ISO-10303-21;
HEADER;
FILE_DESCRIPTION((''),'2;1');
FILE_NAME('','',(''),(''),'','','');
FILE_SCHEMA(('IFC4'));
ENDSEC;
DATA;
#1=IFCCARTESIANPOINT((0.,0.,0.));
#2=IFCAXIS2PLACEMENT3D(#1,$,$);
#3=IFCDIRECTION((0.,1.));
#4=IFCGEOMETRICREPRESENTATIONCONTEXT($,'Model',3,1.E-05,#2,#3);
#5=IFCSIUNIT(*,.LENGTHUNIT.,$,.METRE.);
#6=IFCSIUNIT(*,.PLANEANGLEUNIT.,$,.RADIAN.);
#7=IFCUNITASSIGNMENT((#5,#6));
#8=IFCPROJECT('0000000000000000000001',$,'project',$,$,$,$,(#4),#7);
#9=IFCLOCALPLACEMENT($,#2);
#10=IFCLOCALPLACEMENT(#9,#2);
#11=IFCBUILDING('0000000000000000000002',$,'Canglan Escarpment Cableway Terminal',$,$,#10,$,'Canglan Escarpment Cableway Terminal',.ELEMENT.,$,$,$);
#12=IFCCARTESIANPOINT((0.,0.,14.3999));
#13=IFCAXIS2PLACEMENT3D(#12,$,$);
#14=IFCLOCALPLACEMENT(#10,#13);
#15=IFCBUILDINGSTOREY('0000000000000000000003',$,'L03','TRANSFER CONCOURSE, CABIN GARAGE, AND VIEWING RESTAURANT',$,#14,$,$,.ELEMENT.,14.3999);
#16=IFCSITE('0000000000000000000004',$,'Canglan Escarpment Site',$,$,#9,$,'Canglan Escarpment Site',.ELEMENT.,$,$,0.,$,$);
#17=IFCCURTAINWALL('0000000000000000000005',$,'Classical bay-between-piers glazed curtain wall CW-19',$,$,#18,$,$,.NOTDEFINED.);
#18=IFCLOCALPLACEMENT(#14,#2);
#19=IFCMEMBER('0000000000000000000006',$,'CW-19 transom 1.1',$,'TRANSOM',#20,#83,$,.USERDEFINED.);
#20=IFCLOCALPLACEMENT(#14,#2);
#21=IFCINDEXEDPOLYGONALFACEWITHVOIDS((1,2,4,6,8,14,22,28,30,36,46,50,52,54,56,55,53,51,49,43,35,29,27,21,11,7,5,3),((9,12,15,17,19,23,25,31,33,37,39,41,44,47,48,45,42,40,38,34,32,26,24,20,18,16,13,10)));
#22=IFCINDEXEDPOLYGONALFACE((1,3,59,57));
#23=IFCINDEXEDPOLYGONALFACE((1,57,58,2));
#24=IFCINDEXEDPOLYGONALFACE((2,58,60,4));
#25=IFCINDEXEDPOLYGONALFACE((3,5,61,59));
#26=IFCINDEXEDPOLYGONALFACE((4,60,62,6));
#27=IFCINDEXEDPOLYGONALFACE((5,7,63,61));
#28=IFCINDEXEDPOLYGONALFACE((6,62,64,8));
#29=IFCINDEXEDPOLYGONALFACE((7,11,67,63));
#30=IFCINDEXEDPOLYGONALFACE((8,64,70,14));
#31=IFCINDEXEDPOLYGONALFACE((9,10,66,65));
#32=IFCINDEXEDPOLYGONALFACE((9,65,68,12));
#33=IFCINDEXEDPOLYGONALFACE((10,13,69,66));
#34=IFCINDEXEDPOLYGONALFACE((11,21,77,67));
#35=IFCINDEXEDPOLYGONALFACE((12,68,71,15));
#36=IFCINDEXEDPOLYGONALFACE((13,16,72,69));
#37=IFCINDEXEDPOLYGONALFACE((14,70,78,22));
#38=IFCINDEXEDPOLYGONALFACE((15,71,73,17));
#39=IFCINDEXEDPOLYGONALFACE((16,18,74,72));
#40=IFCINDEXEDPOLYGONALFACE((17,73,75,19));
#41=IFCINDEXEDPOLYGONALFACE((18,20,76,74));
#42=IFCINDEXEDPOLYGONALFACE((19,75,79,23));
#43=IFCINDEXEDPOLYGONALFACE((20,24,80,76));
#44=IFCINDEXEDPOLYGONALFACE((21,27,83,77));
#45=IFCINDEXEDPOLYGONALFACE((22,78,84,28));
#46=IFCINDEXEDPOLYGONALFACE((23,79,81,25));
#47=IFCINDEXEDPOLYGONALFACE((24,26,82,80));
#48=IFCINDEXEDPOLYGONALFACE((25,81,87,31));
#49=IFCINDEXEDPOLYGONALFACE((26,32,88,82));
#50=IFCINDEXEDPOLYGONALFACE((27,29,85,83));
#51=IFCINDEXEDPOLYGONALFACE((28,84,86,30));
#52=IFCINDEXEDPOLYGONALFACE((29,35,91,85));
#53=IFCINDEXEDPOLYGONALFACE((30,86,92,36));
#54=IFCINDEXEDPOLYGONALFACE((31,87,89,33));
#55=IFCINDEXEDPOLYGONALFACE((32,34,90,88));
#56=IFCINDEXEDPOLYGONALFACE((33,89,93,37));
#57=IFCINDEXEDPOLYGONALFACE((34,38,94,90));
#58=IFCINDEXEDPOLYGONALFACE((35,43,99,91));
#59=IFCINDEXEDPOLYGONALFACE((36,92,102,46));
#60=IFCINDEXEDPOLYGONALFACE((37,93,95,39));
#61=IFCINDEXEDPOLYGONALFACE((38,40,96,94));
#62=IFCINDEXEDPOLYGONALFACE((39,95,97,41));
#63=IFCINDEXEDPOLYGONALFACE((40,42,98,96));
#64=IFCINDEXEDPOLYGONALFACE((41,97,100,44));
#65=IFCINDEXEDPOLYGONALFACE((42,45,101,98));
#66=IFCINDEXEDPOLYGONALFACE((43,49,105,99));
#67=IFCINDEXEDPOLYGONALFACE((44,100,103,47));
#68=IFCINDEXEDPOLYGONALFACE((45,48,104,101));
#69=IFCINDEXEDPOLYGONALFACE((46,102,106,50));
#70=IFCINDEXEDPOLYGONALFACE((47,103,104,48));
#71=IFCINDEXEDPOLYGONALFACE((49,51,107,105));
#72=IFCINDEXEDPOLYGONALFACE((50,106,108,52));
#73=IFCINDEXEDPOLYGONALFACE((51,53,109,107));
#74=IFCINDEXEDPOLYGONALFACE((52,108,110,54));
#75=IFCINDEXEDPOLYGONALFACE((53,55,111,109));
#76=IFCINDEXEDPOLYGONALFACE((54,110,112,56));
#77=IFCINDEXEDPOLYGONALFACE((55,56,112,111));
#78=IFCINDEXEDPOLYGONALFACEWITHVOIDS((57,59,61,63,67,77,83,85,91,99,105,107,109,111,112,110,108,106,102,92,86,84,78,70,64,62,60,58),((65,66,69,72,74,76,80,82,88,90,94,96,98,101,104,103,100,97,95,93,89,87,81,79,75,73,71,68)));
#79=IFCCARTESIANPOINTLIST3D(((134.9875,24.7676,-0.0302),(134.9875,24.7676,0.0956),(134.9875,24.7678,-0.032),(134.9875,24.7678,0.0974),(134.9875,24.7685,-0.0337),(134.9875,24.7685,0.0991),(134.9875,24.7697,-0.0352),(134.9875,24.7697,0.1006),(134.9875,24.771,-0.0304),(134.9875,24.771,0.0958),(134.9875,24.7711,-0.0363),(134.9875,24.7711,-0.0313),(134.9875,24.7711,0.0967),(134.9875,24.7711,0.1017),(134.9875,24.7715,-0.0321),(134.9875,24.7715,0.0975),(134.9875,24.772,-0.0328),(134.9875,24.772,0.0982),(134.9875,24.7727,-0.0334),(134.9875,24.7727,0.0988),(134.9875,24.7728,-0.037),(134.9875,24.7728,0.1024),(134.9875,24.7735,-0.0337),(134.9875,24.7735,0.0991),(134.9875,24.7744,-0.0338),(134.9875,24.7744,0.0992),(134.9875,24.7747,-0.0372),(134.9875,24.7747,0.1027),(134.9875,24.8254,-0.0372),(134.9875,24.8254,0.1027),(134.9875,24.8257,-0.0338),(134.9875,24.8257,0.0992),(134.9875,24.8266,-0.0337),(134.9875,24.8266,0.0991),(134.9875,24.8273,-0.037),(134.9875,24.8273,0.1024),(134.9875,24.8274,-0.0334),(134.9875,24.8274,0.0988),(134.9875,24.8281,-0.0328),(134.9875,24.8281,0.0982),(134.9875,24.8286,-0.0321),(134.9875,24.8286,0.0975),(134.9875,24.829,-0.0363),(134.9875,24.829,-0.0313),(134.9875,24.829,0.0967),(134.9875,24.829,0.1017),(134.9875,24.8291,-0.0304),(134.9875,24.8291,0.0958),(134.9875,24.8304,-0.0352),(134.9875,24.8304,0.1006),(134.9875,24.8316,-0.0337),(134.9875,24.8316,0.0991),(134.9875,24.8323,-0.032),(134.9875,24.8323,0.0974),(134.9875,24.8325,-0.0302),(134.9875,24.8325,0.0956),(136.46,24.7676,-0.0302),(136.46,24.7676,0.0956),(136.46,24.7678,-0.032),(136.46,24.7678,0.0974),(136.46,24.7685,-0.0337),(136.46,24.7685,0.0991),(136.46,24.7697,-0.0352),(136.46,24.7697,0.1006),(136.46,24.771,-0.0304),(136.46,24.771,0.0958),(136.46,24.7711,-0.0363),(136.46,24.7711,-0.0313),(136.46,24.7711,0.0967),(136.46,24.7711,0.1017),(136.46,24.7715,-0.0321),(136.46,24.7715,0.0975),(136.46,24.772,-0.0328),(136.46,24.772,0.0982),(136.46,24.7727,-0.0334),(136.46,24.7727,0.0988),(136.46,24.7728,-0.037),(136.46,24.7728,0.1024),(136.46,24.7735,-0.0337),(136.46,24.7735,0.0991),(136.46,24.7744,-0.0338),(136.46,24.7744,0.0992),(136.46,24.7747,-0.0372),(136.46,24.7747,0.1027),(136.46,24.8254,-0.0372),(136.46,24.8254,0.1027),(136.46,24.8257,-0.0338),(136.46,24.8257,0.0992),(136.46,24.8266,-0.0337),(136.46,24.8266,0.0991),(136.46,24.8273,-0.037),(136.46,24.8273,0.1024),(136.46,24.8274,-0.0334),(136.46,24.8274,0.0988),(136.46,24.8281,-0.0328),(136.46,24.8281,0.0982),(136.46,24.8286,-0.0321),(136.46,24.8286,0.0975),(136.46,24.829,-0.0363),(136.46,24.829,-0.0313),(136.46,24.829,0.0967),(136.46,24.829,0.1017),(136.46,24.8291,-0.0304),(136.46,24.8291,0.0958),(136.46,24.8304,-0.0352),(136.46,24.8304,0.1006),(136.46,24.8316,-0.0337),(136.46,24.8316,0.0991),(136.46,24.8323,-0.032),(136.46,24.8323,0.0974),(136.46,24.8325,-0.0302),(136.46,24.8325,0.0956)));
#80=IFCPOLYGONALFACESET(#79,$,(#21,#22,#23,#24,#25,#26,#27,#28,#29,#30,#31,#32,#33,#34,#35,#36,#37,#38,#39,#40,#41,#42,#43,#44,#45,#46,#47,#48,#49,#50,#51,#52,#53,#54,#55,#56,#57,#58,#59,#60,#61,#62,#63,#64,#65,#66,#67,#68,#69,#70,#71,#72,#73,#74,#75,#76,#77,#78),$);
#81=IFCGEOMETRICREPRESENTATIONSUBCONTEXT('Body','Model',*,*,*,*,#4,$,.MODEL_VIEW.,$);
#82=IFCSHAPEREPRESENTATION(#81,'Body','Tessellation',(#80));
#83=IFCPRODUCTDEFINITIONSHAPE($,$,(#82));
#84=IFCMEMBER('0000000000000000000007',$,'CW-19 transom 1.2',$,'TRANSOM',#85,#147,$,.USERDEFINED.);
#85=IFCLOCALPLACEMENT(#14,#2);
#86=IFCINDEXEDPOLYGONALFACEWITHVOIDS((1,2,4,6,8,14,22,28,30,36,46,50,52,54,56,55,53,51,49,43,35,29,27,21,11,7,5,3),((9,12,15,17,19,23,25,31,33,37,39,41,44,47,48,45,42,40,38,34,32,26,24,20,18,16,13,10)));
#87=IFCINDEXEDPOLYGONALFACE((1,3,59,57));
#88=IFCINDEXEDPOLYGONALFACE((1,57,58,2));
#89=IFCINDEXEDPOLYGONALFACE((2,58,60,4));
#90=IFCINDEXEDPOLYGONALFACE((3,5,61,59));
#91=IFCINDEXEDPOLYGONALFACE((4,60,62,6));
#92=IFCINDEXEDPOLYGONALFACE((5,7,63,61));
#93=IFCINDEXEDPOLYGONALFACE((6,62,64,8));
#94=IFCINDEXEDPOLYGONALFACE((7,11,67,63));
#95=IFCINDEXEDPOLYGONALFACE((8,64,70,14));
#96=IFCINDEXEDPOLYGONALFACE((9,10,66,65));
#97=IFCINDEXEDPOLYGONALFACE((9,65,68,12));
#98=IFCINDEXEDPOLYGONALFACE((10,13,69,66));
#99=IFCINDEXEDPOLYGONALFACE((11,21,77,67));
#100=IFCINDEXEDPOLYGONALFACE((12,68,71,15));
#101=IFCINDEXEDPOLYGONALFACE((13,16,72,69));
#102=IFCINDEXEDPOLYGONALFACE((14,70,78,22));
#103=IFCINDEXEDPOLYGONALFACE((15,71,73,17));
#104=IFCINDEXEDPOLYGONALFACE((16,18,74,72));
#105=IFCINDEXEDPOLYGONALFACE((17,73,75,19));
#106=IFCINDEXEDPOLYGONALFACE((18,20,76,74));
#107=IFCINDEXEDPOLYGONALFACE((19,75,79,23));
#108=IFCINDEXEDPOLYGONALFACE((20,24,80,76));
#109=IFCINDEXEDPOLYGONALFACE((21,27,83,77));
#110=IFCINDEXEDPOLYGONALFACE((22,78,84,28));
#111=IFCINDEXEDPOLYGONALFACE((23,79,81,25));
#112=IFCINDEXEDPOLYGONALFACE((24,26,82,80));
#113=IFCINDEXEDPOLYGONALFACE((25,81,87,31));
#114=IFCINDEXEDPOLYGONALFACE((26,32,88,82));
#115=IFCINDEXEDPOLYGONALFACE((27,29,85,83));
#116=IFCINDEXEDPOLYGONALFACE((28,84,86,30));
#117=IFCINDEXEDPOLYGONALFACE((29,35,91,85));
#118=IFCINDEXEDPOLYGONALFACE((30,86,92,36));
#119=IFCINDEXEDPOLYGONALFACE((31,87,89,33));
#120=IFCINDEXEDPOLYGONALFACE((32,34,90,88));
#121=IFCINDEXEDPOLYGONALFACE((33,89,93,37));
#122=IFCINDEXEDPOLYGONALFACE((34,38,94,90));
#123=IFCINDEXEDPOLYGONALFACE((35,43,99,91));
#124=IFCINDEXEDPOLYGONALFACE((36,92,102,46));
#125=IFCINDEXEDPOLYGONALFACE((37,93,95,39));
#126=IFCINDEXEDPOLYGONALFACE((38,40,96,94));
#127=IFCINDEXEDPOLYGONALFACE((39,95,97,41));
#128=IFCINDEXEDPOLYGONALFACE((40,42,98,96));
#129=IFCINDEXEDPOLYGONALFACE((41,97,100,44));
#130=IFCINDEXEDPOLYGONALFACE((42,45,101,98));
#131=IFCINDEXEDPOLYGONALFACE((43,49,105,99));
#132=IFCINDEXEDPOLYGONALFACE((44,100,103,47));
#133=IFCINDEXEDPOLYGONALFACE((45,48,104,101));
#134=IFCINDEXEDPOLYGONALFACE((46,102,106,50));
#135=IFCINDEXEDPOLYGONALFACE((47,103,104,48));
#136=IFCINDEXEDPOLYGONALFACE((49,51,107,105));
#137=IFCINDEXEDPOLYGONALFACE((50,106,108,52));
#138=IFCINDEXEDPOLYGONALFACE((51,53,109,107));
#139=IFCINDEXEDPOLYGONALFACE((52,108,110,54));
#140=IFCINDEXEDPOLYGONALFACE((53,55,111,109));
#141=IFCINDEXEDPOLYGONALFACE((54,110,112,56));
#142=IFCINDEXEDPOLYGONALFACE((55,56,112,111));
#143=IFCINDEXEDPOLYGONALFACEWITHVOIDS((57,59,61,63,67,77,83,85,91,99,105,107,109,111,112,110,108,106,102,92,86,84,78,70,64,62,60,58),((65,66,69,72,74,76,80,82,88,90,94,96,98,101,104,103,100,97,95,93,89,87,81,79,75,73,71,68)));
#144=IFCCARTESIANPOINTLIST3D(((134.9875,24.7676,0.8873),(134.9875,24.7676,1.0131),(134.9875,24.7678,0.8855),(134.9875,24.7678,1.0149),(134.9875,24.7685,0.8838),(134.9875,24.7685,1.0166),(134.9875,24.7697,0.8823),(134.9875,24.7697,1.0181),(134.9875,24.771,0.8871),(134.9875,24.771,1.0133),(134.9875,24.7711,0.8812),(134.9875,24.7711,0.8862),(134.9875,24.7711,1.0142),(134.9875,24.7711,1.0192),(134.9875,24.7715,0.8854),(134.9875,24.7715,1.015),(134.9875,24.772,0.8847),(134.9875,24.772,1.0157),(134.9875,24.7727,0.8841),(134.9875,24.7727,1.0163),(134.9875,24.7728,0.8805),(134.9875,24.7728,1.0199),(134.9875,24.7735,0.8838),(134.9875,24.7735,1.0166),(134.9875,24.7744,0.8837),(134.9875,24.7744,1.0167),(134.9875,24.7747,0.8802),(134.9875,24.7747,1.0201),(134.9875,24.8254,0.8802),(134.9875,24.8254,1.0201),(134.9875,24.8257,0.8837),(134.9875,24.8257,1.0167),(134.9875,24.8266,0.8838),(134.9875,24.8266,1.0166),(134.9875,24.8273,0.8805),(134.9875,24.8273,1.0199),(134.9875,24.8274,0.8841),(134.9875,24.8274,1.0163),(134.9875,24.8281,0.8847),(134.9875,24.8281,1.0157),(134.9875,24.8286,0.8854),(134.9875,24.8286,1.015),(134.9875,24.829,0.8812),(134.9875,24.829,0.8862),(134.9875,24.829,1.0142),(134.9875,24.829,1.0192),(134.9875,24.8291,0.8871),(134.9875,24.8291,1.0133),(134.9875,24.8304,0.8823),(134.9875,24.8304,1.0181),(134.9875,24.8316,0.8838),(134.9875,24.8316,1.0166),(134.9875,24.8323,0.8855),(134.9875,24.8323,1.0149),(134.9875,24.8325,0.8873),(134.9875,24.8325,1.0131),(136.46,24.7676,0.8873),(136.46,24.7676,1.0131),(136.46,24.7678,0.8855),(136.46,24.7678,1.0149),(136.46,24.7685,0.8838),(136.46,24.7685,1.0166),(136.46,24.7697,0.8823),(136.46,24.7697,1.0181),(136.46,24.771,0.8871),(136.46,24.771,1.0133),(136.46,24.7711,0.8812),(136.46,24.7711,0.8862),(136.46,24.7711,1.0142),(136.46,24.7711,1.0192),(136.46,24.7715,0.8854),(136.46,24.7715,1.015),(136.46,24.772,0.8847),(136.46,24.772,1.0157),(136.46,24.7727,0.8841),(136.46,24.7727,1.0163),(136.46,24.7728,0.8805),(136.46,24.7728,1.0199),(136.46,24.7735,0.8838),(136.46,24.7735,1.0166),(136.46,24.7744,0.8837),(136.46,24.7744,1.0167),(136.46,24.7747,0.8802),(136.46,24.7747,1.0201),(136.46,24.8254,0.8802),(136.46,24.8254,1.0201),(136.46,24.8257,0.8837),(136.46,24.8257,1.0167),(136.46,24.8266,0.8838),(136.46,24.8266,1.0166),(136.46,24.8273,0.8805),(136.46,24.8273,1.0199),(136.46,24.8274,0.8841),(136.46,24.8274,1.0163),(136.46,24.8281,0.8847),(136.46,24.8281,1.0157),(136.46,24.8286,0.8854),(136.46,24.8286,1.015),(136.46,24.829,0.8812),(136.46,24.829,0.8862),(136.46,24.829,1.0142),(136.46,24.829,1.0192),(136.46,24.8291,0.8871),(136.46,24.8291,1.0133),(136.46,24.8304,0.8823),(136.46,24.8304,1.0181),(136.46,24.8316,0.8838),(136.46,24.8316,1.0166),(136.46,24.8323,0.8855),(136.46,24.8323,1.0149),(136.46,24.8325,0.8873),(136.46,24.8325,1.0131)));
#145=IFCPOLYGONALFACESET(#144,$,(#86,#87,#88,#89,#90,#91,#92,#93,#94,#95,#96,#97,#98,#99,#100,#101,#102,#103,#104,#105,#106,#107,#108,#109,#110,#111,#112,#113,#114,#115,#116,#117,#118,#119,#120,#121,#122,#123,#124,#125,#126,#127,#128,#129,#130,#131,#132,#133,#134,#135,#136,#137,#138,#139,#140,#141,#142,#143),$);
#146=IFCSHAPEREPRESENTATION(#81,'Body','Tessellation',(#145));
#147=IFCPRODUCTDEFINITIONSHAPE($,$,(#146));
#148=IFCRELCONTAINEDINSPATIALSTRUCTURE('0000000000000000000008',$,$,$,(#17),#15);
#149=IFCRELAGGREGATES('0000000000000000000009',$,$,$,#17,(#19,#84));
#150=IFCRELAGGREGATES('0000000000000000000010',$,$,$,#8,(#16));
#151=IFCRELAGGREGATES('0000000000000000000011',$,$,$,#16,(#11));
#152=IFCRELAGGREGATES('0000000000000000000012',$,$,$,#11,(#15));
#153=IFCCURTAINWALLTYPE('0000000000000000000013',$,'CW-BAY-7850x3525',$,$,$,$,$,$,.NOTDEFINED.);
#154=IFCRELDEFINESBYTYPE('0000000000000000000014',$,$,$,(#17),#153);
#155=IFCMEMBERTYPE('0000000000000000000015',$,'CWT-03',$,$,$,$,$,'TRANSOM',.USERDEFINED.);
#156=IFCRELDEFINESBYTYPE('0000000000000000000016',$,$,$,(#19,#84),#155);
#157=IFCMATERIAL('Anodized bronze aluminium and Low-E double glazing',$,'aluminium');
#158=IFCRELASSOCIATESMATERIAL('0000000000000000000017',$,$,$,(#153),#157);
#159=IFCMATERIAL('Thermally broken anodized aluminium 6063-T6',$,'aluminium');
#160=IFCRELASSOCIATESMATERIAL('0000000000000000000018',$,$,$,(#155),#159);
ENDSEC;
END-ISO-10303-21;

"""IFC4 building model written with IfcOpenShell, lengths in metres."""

from ifc_helpers import new_model, si_unit, direction, frame, origin, origin_2d, place, context, subcontext, project, spatial, hollow_rectangle, extrude, material, material_profile, profile_set, type_object, element, aggregate, save


model = new_model("IFC4")

# Units and contexts
model_context = context("Model", 3, precision=1e-05, world=origin(), true_north=direction((0.0, 1.0)))
body_context = subcontext(model_context, "Body", "Model", "MODEL_VIEW")
ifc_project = project(units=[si_unit("LENGTHUNIT", "METRE"), si_unit("PLANEANGLEUNIT", "RADIAN")], contexts=[model_context])

# Site, building, storey
site_placement = place(None, origin())
site = spatial("IfcSite", under=ifc_project, at=site_placement, Name="Canglan Escarpment Site", LongName="Canglan Escarpment Site", CompositionType="ELEMENT", RefElevation=0.0)
building_placement = place(site_placement, origin())
building = spatial("IfcBuilding", under=site, at=building_placement, Name="Canglan Escarpment Cableway Terminal", LongName="Canglan Escarpment Cableway Terminal", CompositionType="ELEMENT")
storey_placement = place(building_placement, frame((0.0, 0.0, 14.3999)))
storey = spatial("IfcBuildingStorey", under=building, at=storey_placement, Name="L03", Description="TRANSFER CONCOURSE, CABIN GARAGE, AND VIEWING RESTAURANT", CompositionType="ELEMENT", Elevation=14.3999)

# Curtain wall, members
ifc_material_1 = material(Name="Anodized bronze aluminium and Low-E double glazing", Category="aluminium")
curtain_wall_type = type_object("IfcCurtainWallType", Name="CW-BAY-7850x3525", PredefinedType="NOTDEFINED", material=ifc_material_1)
curtain_wall_placement = place(storey_placement, origin())
curtain_wall = element("IfcCurtainWall", 1, at=curtain_wall_placement, inside=storey, type_object=curtain_wall_type, Name="Classical bay-between-piers glazed curtain wall CW-19", PredefinedType="NOTDEFINED")
ifc_material_2 = material(Name="Thermally broken anodized aluminium 6063-T6", Category="aluminium")
ifc_material_profile_1 = material_profile(ifc_material_2, hollow_rectangle(XDim=0.0649, YDim=0.1399, WallThickness=0.0034, InnerFilletRadius=0.0034, OuterFilletRadius=0.0071, at=origin_2d()), Name="ALU-TRAN 65x140x3.5")
ifc_profile_set_1 = profile_set([ifc_material_profile_1], Name="Thermally broken anodized aluminium 6063-T6")
member_type_1 = type_object("IfcMemberType", Name="CWT-03", ElementType="TRANSOM", PredefinedType="USERDEFINED", material=ifc_profile_set_1)
member_1_placement = place(storey_placement, frame((136.46, 24.8, 0.0327), z_axis=(-1.0, 0.0, 0.0), x_axis=(0.0, -1.0, 0.0)))
member_1 = element("IfcMember", 2, at=member_1_placement, type_object=member_type_1, Name="CW-19 transom 1.1", ObjectType="TRANSOM", PredefinedType="USERDEFINED", context=body_context, shape_type="SweptSolid", body=[
    extrude(hollow_rectangle(XDim=0.0649, YDim=0.1399, WallThickness=0.0034, InnerFilletRadius=0.0034, OuterFilletRadius=0.0071, at=origin_2d()), origin(), (0.0, 0.0, 1.0), 1.4724),
])
member_2_placement = place(storey_placement, frame((136.46, 24.8, 0.9502), z_axis=(-1.0, 0.0, 0.0), x_axis=(0.0, -1.0, 0.0)))
member_2 = element("IfcMember", 3, at=member_2_placement, type_object=member_type_1, Name="CW-19 transom 1.2", ObjectType="TRANSOM", PredefinedType="USERDEFINED", context=body_context, shape_type="SweptSolid", body=[
    extrude(hollow_rectangle(XDim=0.0649, YDim=0.1399, WallThickness=0.0034, InnerFilletRadius=0.0034, OuterFilletRadius=0.0071, at=origin_2d()), origin(), (0.0, 0.0, 1.0), 1.4724),
])

aggregate(curtain_wall, [member_1, member_2])

save(model, "model.ifc")
